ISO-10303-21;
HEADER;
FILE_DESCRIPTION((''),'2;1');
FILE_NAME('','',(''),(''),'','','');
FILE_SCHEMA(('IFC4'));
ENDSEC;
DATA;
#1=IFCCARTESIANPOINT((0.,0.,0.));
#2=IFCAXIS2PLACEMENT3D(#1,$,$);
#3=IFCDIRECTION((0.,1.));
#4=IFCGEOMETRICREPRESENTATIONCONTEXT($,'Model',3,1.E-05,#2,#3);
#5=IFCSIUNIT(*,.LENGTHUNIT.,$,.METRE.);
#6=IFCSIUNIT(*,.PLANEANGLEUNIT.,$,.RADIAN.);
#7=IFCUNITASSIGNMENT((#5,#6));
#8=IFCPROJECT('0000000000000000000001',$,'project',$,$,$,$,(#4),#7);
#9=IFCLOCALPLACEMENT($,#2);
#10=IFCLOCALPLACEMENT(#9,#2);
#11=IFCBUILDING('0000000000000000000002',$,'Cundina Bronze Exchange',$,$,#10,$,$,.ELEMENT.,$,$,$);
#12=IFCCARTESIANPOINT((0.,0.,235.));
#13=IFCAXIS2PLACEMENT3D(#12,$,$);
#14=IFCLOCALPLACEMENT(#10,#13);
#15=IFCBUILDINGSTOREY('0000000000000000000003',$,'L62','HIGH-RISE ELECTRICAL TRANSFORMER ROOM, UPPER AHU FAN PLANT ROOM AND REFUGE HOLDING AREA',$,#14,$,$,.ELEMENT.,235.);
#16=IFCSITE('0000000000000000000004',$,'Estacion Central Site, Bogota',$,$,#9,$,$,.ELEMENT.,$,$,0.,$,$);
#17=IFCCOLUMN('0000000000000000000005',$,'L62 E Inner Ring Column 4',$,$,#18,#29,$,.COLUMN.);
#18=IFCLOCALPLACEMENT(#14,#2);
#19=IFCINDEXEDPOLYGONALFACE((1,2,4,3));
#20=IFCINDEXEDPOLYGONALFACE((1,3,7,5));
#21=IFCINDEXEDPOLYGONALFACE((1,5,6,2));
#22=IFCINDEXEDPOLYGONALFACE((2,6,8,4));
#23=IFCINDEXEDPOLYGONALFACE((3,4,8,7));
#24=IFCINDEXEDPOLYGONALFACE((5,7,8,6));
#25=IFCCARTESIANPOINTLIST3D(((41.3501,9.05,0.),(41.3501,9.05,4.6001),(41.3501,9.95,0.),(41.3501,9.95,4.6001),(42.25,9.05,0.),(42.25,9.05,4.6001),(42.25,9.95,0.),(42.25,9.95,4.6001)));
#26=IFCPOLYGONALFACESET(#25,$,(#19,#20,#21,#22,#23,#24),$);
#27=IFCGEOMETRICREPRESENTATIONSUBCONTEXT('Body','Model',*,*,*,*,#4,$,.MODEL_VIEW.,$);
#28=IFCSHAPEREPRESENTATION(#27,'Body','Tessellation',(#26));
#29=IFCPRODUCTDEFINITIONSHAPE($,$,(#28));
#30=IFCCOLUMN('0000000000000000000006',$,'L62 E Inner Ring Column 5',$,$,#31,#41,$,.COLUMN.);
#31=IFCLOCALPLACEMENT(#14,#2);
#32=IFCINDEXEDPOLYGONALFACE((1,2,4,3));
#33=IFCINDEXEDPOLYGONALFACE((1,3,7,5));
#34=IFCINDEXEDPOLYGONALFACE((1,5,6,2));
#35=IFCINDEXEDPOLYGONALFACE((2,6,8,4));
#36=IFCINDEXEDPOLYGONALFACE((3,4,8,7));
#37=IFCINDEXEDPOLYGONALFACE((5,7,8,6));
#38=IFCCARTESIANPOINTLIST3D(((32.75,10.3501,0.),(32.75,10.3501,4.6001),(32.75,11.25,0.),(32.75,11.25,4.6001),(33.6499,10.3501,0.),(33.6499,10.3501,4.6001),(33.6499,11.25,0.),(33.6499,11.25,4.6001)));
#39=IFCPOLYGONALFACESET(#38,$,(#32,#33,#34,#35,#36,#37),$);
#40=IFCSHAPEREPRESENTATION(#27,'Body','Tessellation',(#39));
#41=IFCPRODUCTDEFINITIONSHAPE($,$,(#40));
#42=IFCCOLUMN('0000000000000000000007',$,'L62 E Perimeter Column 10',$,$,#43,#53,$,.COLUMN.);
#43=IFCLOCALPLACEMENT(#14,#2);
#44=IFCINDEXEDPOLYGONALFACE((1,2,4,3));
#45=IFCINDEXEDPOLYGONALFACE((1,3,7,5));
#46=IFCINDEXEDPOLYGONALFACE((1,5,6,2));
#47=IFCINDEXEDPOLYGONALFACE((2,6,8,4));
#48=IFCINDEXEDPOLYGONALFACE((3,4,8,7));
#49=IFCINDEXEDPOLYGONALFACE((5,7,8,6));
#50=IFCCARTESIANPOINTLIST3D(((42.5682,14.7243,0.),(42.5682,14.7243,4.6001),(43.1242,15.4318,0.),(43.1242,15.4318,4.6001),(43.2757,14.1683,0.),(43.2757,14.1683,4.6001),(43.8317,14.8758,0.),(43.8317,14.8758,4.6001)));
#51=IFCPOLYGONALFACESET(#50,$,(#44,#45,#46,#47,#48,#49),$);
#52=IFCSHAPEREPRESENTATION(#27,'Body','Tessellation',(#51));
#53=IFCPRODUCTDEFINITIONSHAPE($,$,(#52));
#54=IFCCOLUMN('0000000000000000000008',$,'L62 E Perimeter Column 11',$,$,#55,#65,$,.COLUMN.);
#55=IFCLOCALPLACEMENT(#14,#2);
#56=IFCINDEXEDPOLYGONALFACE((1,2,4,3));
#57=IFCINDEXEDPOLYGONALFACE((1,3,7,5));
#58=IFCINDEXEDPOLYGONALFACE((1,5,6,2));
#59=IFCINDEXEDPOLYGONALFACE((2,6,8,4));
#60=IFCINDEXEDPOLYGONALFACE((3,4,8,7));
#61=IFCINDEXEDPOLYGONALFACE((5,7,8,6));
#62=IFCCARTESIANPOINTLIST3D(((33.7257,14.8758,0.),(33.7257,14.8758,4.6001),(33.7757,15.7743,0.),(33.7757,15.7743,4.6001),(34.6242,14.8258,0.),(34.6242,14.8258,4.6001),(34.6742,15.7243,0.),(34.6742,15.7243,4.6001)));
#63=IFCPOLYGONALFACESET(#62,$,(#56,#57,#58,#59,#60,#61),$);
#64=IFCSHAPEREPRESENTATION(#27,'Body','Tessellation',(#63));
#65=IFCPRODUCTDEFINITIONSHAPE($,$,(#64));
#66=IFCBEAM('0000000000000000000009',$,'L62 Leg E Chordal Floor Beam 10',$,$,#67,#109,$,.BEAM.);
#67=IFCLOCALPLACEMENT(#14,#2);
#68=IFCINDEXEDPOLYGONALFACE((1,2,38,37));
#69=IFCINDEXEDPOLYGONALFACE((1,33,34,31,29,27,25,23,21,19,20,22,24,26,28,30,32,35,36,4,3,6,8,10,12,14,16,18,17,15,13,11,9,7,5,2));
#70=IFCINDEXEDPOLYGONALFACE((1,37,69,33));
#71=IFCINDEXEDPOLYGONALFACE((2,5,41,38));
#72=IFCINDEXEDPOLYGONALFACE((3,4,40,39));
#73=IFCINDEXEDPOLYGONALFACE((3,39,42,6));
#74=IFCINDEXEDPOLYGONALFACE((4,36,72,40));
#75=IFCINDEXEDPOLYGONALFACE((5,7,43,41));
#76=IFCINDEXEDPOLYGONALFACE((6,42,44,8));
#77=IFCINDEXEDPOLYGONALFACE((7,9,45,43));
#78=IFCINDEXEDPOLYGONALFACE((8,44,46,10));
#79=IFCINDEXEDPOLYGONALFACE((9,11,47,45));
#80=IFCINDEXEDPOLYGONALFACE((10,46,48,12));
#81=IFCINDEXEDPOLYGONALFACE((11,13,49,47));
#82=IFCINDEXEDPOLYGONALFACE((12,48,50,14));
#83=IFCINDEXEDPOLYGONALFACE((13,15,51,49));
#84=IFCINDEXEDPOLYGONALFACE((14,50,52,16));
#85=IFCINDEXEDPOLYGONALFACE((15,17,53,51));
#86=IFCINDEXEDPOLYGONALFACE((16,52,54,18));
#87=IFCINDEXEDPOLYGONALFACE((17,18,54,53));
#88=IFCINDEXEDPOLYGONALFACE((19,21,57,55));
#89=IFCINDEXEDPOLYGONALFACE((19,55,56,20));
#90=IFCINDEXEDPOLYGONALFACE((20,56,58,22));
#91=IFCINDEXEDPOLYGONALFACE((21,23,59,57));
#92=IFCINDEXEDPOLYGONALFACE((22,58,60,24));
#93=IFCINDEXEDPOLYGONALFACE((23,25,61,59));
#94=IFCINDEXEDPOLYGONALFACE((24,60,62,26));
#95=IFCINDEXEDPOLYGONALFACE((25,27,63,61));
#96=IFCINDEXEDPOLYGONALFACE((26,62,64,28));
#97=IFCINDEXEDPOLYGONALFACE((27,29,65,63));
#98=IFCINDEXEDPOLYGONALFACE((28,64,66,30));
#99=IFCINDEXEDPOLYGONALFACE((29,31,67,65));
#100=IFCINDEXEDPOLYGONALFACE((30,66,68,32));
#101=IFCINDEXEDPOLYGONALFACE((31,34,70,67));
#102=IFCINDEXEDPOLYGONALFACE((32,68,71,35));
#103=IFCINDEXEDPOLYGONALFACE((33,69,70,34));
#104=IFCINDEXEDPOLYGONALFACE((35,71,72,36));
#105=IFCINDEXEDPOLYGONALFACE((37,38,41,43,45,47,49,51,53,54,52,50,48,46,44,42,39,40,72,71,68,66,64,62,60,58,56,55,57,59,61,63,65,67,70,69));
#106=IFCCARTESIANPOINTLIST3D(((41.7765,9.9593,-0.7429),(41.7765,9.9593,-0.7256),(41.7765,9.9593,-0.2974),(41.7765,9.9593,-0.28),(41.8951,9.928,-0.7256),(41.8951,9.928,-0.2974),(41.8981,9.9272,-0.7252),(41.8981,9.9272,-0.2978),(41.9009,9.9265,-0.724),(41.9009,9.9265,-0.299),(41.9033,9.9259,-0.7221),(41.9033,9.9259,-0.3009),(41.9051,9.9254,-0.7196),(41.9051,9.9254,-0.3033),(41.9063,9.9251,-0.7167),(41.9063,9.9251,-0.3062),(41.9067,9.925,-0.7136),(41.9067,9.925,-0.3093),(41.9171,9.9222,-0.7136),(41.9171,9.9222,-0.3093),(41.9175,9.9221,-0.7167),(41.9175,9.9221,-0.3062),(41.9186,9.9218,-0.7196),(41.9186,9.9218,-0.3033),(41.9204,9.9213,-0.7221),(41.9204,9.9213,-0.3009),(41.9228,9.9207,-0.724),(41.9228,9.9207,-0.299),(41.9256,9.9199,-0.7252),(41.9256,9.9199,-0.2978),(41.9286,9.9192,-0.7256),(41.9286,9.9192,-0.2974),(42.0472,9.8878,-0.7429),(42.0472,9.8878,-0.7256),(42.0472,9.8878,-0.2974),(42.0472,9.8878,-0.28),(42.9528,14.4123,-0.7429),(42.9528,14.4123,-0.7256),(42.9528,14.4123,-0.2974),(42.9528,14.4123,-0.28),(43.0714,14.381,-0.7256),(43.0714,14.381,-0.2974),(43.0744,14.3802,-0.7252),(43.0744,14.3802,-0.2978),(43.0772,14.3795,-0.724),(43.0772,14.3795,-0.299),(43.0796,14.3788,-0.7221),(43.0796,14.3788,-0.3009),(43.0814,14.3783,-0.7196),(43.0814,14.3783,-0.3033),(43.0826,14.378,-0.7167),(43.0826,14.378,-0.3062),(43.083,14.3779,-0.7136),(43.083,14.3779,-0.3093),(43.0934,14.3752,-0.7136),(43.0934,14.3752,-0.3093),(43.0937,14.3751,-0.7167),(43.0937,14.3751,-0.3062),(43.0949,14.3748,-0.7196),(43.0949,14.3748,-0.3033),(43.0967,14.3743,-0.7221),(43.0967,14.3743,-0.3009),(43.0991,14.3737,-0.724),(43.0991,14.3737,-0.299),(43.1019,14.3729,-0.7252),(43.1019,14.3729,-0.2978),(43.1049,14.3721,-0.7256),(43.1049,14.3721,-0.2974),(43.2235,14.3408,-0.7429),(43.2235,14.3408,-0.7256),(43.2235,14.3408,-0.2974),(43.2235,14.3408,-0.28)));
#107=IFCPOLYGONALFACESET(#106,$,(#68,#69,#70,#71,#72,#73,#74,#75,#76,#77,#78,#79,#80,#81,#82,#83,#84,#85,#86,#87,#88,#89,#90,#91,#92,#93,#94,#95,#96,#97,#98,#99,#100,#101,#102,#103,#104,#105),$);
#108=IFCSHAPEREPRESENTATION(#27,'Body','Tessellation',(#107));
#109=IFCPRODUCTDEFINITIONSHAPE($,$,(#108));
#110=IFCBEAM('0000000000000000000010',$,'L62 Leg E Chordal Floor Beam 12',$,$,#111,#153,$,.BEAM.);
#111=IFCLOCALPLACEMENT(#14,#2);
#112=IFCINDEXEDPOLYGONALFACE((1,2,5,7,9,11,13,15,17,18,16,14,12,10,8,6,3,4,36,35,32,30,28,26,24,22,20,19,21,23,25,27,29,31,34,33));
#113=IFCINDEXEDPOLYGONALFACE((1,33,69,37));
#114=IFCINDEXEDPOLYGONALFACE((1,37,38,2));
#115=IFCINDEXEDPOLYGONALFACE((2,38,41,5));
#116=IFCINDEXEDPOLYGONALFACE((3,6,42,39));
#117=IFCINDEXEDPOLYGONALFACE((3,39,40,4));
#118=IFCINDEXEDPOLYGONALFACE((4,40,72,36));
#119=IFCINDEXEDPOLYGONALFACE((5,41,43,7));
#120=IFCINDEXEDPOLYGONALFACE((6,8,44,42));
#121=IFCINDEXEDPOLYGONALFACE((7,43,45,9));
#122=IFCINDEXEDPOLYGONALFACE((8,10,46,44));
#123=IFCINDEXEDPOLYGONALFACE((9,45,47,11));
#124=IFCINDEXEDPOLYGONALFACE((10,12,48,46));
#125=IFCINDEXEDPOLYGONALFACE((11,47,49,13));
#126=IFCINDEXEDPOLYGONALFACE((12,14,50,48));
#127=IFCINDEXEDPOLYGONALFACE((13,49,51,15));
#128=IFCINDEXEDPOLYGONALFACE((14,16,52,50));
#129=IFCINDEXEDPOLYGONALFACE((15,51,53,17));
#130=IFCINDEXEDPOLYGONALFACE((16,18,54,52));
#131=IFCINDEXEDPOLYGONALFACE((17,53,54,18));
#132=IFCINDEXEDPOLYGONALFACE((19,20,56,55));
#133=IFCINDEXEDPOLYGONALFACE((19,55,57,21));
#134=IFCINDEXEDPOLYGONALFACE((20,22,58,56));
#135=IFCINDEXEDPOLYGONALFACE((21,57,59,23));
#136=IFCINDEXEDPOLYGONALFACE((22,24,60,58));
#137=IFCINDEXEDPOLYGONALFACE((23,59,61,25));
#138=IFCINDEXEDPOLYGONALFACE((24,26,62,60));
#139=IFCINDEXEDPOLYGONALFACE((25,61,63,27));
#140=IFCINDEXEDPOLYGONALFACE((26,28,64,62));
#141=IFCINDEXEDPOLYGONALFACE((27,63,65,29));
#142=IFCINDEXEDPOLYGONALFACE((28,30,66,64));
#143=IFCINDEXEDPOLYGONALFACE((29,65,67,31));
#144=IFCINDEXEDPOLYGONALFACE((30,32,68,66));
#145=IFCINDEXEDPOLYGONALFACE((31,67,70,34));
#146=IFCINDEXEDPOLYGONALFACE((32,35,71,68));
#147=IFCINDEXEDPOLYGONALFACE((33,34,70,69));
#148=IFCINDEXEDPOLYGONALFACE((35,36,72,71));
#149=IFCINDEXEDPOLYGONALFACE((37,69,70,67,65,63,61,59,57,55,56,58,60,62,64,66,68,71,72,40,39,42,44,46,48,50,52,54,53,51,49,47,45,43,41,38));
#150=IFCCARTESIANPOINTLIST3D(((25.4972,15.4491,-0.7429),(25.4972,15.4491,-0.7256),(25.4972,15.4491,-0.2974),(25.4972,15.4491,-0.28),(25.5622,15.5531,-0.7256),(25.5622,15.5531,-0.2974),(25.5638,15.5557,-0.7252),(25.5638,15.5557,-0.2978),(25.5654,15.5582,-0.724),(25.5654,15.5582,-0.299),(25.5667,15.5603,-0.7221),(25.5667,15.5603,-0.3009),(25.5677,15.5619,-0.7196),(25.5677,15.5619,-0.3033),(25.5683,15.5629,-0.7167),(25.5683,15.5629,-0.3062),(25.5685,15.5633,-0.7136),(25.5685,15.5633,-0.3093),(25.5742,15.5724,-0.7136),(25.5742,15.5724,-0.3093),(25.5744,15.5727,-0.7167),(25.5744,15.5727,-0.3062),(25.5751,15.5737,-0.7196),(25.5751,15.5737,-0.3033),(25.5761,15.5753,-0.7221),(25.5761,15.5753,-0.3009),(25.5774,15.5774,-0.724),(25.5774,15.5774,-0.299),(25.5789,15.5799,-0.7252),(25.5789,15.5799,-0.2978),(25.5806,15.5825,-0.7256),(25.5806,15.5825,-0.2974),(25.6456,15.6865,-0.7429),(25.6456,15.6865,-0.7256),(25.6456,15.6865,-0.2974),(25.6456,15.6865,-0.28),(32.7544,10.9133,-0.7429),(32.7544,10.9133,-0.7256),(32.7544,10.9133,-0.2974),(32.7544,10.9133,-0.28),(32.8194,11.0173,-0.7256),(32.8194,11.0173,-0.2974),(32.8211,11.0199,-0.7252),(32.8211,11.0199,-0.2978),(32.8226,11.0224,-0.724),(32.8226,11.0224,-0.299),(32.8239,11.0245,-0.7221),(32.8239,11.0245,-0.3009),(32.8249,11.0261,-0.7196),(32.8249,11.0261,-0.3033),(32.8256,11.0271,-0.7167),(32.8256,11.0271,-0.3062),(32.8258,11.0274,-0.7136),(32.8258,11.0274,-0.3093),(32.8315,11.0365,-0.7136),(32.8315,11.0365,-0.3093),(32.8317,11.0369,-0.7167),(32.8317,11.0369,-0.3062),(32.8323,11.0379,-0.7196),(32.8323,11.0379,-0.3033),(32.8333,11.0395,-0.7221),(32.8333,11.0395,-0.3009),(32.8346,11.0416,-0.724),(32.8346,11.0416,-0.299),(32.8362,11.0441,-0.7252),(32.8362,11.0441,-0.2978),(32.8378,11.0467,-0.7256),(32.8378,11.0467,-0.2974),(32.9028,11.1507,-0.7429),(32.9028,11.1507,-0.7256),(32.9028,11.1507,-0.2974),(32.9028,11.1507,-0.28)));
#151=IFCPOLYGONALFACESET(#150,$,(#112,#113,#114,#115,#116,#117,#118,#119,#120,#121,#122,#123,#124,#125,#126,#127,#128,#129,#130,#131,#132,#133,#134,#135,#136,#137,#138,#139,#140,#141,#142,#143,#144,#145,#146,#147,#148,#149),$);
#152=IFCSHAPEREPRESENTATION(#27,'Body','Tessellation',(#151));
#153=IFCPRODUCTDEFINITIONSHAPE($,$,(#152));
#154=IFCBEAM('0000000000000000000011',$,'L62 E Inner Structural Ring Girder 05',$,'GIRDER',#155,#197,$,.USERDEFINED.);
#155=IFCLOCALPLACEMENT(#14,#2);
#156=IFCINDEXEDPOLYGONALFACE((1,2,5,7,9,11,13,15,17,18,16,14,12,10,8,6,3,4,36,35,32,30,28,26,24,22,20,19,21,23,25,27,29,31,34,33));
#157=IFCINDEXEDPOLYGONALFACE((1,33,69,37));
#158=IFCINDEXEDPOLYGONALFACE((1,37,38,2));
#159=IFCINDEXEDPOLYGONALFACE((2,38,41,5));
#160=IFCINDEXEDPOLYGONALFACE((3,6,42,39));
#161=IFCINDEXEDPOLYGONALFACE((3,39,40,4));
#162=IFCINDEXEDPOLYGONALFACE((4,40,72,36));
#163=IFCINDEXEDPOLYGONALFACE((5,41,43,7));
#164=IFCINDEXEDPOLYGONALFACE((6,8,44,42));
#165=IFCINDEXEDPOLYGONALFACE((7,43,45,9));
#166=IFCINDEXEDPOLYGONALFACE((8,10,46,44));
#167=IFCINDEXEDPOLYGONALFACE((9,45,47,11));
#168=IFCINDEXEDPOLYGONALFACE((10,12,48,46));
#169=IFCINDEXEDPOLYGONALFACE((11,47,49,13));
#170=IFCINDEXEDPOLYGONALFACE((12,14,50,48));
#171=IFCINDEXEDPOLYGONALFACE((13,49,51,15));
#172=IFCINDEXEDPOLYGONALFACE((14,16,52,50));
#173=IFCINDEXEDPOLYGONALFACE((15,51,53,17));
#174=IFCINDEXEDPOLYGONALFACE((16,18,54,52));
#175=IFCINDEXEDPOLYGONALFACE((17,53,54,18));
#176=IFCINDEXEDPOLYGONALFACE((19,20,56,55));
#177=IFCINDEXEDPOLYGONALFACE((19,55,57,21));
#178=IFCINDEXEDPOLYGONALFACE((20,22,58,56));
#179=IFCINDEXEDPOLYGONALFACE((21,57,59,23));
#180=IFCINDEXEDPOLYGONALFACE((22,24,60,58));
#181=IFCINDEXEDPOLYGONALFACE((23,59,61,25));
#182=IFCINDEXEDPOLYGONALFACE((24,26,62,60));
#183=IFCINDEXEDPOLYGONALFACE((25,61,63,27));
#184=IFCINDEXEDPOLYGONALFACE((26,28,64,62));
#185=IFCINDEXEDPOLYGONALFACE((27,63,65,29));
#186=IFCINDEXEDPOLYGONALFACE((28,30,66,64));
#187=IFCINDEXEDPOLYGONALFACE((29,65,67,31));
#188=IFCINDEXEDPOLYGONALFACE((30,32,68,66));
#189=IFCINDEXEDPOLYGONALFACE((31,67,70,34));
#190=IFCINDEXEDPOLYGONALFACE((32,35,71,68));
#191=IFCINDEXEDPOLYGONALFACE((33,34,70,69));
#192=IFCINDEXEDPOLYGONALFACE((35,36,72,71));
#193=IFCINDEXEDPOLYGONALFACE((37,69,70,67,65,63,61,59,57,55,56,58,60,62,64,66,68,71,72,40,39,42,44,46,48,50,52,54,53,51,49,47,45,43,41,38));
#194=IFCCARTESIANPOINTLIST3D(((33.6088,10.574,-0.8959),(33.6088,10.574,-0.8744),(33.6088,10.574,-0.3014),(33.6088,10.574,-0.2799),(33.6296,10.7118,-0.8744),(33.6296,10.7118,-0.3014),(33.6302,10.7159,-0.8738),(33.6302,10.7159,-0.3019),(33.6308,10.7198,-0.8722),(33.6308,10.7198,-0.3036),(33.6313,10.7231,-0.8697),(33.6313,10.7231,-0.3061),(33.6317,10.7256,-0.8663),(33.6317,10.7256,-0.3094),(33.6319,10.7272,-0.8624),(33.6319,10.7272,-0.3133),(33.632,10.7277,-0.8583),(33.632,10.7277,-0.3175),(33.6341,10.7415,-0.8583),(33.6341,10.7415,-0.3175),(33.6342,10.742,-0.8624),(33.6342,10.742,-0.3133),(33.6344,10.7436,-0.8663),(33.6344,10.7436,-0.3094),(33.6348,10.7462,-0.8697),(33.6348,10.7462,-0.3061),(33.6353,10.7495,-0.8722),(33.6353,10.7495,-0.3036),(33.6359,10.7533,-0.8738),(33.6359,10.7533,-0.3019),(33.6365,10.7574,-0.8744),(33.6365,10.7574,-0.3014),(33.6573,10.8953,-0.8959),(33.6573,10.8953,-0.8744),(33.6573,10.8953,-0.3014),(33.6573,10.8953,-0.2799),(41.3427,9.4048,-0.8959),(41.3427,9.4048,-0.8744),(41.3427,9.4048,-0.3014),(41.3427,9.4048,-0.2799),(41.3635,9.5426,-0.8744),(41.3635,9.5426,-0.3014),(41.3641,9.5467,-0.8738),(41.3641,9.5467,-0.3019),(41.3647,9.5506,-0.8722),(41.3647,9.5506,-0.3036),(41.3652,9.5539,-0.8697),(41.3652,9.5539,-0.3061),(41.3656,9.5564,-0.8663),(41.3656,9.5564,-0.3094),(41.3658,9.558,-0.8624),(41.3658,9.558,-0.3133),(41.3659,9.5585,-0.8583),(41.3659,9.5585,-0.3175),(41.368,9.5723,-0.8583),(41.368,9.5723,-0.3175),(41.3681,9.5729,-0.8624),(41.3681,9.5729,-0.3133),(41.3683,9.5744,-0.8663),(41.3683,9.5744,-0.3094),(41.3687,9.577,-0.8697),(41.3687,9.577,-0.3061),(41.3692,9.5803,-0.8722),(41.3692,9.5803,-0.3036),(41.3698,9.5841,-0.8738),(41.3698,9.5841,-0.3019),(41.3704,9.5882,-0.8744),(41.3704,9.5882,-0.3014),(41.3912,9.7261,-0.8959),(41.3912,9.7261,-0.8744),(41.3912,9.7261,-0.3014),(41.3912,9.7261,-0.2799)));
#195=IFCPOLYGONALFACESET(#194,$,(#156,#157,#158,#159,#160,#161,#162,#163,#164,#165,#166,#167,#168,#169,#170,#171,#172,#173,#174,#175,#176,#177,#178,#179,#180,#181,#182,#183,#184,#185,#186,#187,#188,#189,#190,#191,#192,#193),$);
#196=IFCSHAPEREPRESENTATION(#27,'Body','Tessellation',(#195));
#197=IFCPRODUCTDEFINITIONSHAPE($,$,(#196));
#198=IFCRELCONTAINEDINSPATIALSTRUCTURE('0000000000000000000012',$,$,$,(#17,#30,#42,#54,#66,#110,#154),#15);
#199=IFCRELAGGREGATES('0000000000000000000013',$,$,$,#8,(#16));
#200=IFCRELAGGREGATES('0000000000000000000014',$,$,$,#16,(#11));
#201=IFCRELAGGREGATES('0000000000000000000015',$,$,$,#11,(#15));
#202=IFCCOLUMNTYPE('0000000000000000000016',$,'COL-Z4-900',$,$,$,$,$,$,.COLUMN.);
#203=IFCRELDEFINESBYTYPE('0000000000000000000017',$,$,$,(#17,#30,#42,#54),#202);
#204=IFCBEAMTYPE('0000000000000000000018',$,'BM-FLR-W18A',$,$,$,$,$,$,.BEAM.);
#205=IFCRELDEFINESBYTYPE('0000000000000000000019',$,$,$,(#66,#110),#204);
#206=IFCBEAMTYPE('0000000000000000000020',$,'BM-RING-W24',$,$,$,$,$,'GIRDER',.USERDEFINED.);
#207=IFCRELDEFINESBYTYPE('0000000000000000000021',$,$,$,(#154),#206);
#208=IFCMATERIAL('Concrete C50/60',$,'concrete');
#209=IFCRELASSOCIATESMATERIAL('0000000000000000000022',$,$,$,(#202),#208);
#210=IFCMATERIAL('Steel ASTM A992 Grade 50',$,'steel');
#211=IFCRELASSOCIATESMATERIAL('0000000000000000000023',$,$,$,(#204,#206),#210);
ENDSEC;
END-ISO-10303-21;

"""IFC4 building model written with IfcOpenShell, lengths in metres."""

from ifc_helpers import new_model, si_unit, direction, frame, origin, origin_2d, place, context, subcontext, project, spatial, rectangle, i_section, extrude, material, material_profile, profile_set, type_object, element, save


model = new_model("IFC4")

# Units and contexts
model_context = context("Model", 3, precision=1e-05, world=origin(), true_north=direction((0.0, 1.0)))
body_context = subcontext(model_context, "Body", "Model", "MODEL_VIEW")
ifc_project = project(units=[si_unit("LENGTHUNIT", "METRE"), si_unit("PLANEANGLEUNIT", "RADIAN")], contexts=[model_context])

# Site, building, storey
site_placement = place(None, origin())
site = spatial("IfcSite", under=ifc_project, at=site_placement, Name="Estacion Central Site, Bogota", CompositionType="ELEMENT", RefElevation=0.0)
building_placement = place(site_placement, origin())
building = spatial("IfcBuilding", under=site, at=building_placement, Name="Cundina Bronze Exchange", CompositionType="ELEMENT")
storey_placement = place(building_placement, frame((0.0, 0.0, 235.0)))
storey = spatial("IfcBuildingStorey", under=building, at=storey_placement, Name="L62", Description="HIGH-RISE ELECTRICAL TRANSFORMER ROOM, UPPER AHU FAN PLANT ROOM AND REFUGE HOLDING AREA", CompositionType="ELEMENT", Elevation=235.0)

# Columns
ifc_material_1 = material(Name="Concrete C50/60", Category="concrete")
ifc_material_profile_1 = material_profile(ifc_material_1, rectangle(XDim=0.8999, YDim=0.8999, at=origin_2d()), Name="RC900X900", Category="concrete")
ifc_profile_set_1 = profile_set([ifc_material_profile_1], Name="Concrete C50/60")
column_type = type_object("IfcColumnType", Name="COL-Z4-900", PredefinedType="COLUMN", material=ifc_profile_set_1)
for number, where, z_axis, x_axis, name in (
    (1, (41.8, 9.5, 0.0), (0.0, 0.0, 1.0), (1.0, 0.0, 0.0), "L62 E Inner Ring Column 4"),
    (2, (33.2, 10.8, 0.0), (0.0, 0.0, 1.0), (1.0, 0.0, 0.0), "L62 E Inner Ring Column 5"),
    (3, (43.2, 14.8, 0.0), (0.0, 0.0, 1.0), (-0.786288, 0.61786, 0.0), "L62 E Perimeter Column 10"),
    (4, (34.2, 15.3, 0.0), (0.0, 0.0, 1.0), (-0.99846, 0.055473, 0.0), "L62 E Perimeter Column 11"),
):
    element("IfcColumn", number, at=place(storey_placement, frame(where, z_axis=z_axis, x_axis=x_axis)), inside=storey, type_object=column_type, Name=name, PredefinedType="COLUMN", context=body_context, shape_type="SweptSolid", body=[
        extrude(rectangle(XDim=0.8999, YDim=0.8999, at=origin_2d()), origin(), (0.0, 0.0, 1.0), 4.6001),
    ])

# Beams
ifc_material_2 = material(Name="Steel ASTM A992 Grade 50", Category="steel")
ifc_material_profile_2 = material_profile(ifc_material_2, i_section(OverallWidth=0.28, OverallDepth=0.4629, WebThickness=0.0107, FlangeThickness=0.0173, FilletRadius=0.012, at=origin_2d()), Name="W18X76", Category="steel")
ifc_profile_set_2 = profile_set([ifc_material_profile_2], Name="Steel ASTM A992 Grade 50")
beam_type_1 = type_object("IfcBeamType", Name="BM-FLR-W18A", PredefinedType="BEAM", material=ifc_profile_set_2)
beam_1_placement = place(storey_placement, frame((41.9119, 9.9236, -0.5115), z_axis=(0.255399, 0.966836, 0.0), x_axis=(-0.966836, 0.255399, 0.0)))
element("IfcBeam", 5, at=beam_1_placement, inside=storey, type_object=beam_type_1, Name="L62 Leg E Chordal Floor Beam 10", PredefinedType="BEAM", context=body_context, shape_type="SweptSolid", body=[
    extrude(i_section(OverallWidth=0.28, OverallDepth=0.4629, WebThickness=0.0107, FlangeThickness=0.0173, FilletRadius=0.012, at=origin_2d()), origin(), (0.0, 0.0, 1.0), 4.6057),
])
beam_2_placement = place(storey_placement, frame((32.8286, 11.032, -0.5115), z_axis=(-0.847995, 0.530004, 0.0), x_axis=(-0.530004, -0.847995, 0.0)))
element("IfcBeam", 6, at=beam_2_placement, inside=storey, type_object=beam_type_1, Name="L62 Leg E Chordal Floor Beam 12", PredefinedType="BEAM", context=body_context, shape_type="SweptSolid", body=[
    extrude(i_section(OverallWidth=0.28, OverallDepth=0.4629, WebThickness=0.0107, FlangeThickness=0.0173, FilletRadius=0.012, at=origin_2d()), origin(), (0.0, 0.0, 1.0), 8.5581),
])
ifc_material_profile_3 = material_profile(ifc_material_2, i_section(OverallWidth=0.325, OverallDepth=0.616, WebThickness=0.0139, FlangeThickness=0.0215, FilletRadius=0.0161, at=origin_2d()), Name="W24X117", Category="steel")
ifc_profile_set_3 = profile_set([ifc_material_profile_3], Name="Steel ASTM A992 Grade 50")
beam_type_2 = type_object("IfcBeamType", Name="BM-RING-W24", ElementType="GIRDER", PredefinedType="USERDEFINED", material=ifc_profile_set_3)
beam_3_placement = place(storey_placement, frame((41.3669, 9.5654, -0.5879), z_axis=(-0.988765, 0.149479, 0.0), x_axis=(-0.149479, -0.988765, 0.0)))
element("IfcBeam", 7, at=beam_3_placement, inside=storey, type_object=beam_type_2, Name="L62 E Inner Structural Ring Girder 05", ObjectType="GIRDER", PredefinedType="USERDEFINED", context=body_context, shape_type="SweptSolid", body=[
    extrude(i_section(OverallWidth=0.325, OverallDepth=0.616, WebThickness=0.0139, FlangeThickness=0.0215, FilletRadius=0.0161, at=origin_2d()), origin(), (0.0, 0.0, 1.0), 7.8218),
])

save(model, "model.ifc")
